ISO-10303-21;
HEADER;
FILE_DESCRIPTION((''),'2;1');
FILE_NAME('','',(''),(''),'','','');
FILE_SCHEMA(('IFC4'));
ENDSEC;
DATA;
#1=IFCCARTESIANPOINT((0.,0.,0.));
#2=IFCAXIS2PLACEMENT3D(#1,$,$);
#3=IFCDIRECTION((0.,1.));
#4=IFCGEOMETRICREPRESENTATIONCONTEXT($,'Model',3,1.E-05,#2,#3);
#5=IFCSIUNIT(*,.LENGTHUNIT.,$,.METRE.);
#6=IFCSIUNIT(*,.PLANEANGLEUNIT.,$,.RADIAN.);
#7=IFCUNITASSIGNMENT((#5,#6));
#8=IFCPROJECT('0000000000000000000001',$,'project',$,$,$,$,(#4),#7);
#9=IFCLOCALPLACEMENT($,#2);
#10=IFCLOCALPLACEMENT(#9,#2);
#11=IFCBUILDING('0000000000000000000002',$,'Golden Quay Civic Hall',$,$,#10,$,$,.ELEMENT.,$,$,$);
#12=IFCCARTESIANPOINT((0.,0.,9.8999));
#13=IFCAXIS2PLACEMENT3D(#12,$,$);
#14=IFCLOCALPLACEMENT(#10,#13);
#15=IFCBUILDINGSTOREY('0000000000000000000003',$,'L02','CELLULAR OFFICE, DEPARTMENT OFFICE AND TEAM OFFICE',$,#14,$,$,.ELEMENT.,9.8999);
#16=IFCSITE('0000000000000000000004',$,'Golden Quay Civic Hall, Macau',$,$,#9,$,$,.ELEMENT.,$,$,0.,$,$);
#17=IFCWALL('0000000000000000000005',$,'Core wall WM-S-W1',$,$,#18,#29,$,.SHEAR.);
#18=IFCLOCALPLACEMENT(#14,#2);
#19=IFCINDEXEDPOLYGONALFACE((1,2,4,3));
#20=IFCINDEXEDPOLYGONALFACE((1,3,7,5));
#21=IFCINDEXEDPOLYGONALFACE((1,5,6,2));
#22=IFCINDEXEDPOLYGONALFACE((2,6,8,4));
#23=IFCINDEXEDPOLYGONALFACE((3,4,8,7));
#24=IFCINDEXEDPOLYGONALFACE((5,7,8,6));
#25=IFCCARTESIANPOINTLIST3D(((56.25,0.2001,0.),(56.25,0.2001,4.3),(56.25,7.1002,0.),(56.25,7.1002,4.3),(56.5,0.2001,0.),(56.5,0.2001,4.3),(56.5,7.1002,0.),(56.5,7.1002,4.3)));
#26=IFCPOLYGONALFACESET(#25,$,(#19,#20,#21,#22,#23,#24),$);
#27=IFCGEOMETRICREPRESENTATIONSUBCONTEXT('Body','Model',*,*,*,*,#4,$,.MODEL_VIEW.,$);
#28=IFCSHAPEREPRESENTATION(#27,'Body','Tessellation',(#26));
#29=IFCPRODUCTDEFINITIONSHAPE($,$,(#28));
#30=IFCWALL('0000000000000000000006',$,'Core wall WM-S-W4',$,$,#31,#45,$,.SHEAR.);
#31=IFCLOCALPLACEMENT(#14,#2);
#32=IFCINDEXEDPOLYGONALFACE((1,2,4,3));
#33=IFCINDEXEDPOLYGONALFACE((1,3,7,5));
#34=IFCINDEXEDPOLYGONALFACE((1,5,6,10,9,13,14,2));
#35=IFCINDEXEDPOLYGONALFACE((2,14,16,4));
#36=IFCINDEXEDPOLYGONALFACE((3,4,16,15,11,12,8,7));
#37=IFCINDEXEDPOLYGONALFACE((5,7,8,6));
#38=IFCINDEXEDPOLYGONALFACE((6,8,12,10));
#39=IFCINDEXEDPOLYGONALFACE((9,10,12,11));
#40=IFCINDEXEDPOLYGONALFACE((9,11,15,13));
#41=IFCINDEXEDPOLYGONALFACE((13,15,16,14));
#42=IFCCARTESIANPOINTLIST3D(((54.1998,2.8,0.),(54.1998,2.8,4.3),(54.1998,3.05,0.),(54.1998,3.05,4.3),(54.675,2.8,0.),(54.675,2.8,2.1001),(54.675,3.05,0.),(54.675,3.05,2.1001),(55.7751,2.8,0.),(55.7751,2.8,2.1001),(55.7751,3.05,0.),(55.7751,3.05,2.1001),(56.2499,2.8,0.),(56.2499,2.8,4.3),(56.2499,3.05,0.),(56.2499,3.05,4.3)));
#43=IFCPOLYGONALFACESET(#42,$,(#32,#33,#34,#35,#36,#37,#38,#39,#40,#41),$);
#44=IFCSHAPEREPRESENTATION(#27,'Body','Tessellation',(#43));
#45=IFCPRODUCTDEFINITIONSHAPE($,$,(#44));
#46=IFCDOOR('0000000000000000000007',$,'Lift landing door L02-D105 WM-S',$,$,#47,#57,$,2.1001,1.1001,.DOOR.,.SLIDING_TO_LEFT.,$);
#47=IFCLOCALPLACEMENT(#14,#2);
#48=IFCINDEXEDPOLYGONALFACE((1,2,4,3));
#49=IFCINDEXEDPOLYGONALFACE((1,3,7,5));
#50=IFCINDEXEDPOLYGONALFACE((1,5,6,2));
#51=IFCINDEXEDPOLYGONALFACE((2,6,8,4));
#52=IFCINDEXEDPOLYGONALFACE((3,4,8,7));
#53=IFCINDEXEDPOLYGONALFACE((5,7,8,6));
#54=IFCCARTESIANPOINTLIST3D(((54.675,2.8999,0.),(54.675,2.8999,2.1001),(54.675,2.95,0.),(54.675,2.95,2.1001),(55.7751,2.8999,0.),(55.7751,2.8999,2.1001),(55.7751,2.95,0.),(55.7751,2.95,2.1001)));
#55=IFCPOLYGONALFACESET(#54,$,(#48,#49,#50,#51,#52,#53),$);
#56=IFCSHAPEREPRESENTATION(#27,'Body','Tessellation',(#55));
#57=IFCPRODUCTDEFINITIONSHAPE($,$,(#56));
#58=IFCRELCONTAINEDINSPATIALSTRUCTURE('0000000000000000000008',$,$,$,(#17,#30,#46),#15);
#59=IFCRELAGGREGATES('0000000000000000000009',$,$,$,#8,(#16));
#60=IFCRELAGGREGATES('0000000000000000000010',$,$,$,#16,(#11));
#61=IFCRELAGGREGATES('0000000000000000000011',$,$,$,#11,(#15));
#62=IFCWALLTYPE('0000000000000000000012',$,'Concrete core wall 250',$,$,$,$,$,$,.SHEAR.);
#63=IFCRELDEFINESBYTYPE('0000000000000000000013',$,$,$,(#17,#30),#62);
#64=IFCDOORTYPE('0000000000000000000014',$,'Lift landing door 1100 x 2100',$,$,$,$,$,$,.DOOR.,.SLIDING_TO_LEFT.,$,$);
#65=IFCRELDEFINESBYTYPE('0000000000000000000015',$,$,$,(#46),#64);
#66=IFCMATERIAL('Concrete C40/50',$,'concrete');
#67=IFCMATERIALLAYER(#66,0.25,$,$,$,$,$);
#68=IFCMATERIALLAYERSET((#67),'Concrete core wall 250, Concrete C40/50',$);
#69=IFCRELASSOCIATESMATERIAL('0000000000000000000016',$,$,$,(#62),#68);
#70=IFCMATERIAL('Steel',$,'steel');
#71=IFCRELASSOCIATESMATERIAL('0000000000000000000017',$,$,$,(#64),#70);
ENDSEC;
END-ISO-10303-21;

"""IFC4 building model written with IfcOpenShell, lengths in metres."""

from ifc_helpers import new_model, si_unit, direction, frame, frame_2d, origin, place, context, subcontext, project, spatial, rectangle, extrude, material, layer, layer_set, type_object, element, fill, save


model = new_model("IFC4")

# Units and contexts
model_context = context("Model", 3, precision=1e-05, world=origin(), true_north=direction((0.0, 1.0)))
body_context = subcontext(model_context, "Body", "Model", "MODEL_VIEW")
ifc_project = project(units=[si_unit("LENGTHUNIT", "METRE"), si_unit("PLANEANGLEUNIT", "RADIAN")], contexts=[model_context])

# Site, building, storey
site_placement = place(None, origin())
site = spatial("IfcSite", under=ifc_project, at=site_placement, Name="Golden Quay Civic Hall, Macau", CompositionType="ELEMENT", RefElevation=0.0)
building_placement = place(site_placement, origin())
building = spatial("IfcBuilding", under=site, at=building_placement, Name="Golden Quay Civic Hall", CompositionType="ELEMENT")
storey_placement = place(building_placement, frame((0.0, 0.0, 9.8999)))
storey = spatial("IfcBuildingStorey", under=building, at=storey_placement, Name="L02", Description="CELLULAR OFFICE, DEPARTMENT OFFICE AND TEAM OFFICE", CompositionType="ELEMENT", Elevation=9.8999)

# Wall
ifc_material_1 = material(Name="Concrete C40/50", Category="concrete")
ifc_layer_1 = layer(ifc_material_1, 0.25)
ifc_layer_set_1 = layer_set([ifc_layer_1], Name="Concrete core wall 250, Concrete C40/50")
wall_type = type_object("IfcWallType", Name="Concrete core wall 250", PredefinedType="SHEAR", material=ifc_layer_set_1)
wall_1_placement = place(storey_placement, frame((56.375, 0.2, 0.0), z_axis=(0.0, 0.0, 1.0), x_axis=(0.0, 1.0, 0.0)))
element("IfcWall", 1, at=wall_1_placement, inside=storey, type_object=wall_type, Name="Core wall WM-S-W1", PredefinedType="SHEAR", context=body_context, shape_type="SweptSolid", body=[
    extrude(rectangle(XDim=6.9001, YDim=0.25, at=frame_2d((3.4502, 0.0))), origin(), (0.0, 0.0, 1.0), 4.3),
])

# Wall, opening, door
wall_2_placement = place(storey_placement, frame((54.2, 2.925, 0.0), z_axis=(0.0, 0.0, 1.0), x_axis=(1.0, 0.0, 0.0)))
wall_2 = element("IfcWall", 2, at=wall_2_placement, inside=storey, type_object=wall_type, Name="Core wall WM-S-W4", PredefinedType="SHEAR", context=body_context, shape_type="SweptSolid", body=[
    extrude(rectangle(XDim=2.05, YDim=0.25, at=frame_2d((1.0249, 0.0))), origin(), (0.0, 0.0, 1.0), 4.3),
])
opening_placement = place(wall_2_placement, frame((0.4751, 0.0, 0.0)))
opening = element("IfcOpeningElement", 3, at=opening_placement, cuts=wall_2, PredefinedType="OPENING", context=body_context, shape_type="SweptSolid", body=[
    extrude(rectangle(XDim=1.1001, YDim=2.1001, at=frame_2d((0.55, 1.05))), frame((0.0, 0.135, 0.0), z_axis=(0.0, -1.0, 0.0), x_axis=(1.0, 0.0, 0.0)), (0.0, 0.0, 1.0), 0.27),
])
ifc_material_2 = material(Name="Steel", Category="steel")
door_type = type_object("IfcDoorType", Name="Lift landing door 1100 x 2100", OperationType="SLIDING_TO_LEFT", PredefinedType="DOOR", material=ifc_material_2)
door_placement = place(opening_placement, origin())
door = element("IfcDoor", 4, at=door_placement, inside=storey, type_object=door_type, Name="Lift landing door L02-D105 WM-S", OperationType="SLIDING_TO_LEFT", OverallHeight=2.1001, OverallWidth=1.1001, PredefinedType="DOOR", context=body_context, shape_type="SweptSolid", body=[
    extrude(rectangle(XDim=1.1001, YDim=2.1001, at=frame_2d((0.55, 1.05))), frame((0.0, 0.0249, 0.0), z_axis=(0.0, -1.0, 0.0), x_axis=(1.0, 0.0, 0.0)), (0.0, 0.0, 1.0), 0.05),
])
fill(opening, door)

save(model, "model.ifc")
